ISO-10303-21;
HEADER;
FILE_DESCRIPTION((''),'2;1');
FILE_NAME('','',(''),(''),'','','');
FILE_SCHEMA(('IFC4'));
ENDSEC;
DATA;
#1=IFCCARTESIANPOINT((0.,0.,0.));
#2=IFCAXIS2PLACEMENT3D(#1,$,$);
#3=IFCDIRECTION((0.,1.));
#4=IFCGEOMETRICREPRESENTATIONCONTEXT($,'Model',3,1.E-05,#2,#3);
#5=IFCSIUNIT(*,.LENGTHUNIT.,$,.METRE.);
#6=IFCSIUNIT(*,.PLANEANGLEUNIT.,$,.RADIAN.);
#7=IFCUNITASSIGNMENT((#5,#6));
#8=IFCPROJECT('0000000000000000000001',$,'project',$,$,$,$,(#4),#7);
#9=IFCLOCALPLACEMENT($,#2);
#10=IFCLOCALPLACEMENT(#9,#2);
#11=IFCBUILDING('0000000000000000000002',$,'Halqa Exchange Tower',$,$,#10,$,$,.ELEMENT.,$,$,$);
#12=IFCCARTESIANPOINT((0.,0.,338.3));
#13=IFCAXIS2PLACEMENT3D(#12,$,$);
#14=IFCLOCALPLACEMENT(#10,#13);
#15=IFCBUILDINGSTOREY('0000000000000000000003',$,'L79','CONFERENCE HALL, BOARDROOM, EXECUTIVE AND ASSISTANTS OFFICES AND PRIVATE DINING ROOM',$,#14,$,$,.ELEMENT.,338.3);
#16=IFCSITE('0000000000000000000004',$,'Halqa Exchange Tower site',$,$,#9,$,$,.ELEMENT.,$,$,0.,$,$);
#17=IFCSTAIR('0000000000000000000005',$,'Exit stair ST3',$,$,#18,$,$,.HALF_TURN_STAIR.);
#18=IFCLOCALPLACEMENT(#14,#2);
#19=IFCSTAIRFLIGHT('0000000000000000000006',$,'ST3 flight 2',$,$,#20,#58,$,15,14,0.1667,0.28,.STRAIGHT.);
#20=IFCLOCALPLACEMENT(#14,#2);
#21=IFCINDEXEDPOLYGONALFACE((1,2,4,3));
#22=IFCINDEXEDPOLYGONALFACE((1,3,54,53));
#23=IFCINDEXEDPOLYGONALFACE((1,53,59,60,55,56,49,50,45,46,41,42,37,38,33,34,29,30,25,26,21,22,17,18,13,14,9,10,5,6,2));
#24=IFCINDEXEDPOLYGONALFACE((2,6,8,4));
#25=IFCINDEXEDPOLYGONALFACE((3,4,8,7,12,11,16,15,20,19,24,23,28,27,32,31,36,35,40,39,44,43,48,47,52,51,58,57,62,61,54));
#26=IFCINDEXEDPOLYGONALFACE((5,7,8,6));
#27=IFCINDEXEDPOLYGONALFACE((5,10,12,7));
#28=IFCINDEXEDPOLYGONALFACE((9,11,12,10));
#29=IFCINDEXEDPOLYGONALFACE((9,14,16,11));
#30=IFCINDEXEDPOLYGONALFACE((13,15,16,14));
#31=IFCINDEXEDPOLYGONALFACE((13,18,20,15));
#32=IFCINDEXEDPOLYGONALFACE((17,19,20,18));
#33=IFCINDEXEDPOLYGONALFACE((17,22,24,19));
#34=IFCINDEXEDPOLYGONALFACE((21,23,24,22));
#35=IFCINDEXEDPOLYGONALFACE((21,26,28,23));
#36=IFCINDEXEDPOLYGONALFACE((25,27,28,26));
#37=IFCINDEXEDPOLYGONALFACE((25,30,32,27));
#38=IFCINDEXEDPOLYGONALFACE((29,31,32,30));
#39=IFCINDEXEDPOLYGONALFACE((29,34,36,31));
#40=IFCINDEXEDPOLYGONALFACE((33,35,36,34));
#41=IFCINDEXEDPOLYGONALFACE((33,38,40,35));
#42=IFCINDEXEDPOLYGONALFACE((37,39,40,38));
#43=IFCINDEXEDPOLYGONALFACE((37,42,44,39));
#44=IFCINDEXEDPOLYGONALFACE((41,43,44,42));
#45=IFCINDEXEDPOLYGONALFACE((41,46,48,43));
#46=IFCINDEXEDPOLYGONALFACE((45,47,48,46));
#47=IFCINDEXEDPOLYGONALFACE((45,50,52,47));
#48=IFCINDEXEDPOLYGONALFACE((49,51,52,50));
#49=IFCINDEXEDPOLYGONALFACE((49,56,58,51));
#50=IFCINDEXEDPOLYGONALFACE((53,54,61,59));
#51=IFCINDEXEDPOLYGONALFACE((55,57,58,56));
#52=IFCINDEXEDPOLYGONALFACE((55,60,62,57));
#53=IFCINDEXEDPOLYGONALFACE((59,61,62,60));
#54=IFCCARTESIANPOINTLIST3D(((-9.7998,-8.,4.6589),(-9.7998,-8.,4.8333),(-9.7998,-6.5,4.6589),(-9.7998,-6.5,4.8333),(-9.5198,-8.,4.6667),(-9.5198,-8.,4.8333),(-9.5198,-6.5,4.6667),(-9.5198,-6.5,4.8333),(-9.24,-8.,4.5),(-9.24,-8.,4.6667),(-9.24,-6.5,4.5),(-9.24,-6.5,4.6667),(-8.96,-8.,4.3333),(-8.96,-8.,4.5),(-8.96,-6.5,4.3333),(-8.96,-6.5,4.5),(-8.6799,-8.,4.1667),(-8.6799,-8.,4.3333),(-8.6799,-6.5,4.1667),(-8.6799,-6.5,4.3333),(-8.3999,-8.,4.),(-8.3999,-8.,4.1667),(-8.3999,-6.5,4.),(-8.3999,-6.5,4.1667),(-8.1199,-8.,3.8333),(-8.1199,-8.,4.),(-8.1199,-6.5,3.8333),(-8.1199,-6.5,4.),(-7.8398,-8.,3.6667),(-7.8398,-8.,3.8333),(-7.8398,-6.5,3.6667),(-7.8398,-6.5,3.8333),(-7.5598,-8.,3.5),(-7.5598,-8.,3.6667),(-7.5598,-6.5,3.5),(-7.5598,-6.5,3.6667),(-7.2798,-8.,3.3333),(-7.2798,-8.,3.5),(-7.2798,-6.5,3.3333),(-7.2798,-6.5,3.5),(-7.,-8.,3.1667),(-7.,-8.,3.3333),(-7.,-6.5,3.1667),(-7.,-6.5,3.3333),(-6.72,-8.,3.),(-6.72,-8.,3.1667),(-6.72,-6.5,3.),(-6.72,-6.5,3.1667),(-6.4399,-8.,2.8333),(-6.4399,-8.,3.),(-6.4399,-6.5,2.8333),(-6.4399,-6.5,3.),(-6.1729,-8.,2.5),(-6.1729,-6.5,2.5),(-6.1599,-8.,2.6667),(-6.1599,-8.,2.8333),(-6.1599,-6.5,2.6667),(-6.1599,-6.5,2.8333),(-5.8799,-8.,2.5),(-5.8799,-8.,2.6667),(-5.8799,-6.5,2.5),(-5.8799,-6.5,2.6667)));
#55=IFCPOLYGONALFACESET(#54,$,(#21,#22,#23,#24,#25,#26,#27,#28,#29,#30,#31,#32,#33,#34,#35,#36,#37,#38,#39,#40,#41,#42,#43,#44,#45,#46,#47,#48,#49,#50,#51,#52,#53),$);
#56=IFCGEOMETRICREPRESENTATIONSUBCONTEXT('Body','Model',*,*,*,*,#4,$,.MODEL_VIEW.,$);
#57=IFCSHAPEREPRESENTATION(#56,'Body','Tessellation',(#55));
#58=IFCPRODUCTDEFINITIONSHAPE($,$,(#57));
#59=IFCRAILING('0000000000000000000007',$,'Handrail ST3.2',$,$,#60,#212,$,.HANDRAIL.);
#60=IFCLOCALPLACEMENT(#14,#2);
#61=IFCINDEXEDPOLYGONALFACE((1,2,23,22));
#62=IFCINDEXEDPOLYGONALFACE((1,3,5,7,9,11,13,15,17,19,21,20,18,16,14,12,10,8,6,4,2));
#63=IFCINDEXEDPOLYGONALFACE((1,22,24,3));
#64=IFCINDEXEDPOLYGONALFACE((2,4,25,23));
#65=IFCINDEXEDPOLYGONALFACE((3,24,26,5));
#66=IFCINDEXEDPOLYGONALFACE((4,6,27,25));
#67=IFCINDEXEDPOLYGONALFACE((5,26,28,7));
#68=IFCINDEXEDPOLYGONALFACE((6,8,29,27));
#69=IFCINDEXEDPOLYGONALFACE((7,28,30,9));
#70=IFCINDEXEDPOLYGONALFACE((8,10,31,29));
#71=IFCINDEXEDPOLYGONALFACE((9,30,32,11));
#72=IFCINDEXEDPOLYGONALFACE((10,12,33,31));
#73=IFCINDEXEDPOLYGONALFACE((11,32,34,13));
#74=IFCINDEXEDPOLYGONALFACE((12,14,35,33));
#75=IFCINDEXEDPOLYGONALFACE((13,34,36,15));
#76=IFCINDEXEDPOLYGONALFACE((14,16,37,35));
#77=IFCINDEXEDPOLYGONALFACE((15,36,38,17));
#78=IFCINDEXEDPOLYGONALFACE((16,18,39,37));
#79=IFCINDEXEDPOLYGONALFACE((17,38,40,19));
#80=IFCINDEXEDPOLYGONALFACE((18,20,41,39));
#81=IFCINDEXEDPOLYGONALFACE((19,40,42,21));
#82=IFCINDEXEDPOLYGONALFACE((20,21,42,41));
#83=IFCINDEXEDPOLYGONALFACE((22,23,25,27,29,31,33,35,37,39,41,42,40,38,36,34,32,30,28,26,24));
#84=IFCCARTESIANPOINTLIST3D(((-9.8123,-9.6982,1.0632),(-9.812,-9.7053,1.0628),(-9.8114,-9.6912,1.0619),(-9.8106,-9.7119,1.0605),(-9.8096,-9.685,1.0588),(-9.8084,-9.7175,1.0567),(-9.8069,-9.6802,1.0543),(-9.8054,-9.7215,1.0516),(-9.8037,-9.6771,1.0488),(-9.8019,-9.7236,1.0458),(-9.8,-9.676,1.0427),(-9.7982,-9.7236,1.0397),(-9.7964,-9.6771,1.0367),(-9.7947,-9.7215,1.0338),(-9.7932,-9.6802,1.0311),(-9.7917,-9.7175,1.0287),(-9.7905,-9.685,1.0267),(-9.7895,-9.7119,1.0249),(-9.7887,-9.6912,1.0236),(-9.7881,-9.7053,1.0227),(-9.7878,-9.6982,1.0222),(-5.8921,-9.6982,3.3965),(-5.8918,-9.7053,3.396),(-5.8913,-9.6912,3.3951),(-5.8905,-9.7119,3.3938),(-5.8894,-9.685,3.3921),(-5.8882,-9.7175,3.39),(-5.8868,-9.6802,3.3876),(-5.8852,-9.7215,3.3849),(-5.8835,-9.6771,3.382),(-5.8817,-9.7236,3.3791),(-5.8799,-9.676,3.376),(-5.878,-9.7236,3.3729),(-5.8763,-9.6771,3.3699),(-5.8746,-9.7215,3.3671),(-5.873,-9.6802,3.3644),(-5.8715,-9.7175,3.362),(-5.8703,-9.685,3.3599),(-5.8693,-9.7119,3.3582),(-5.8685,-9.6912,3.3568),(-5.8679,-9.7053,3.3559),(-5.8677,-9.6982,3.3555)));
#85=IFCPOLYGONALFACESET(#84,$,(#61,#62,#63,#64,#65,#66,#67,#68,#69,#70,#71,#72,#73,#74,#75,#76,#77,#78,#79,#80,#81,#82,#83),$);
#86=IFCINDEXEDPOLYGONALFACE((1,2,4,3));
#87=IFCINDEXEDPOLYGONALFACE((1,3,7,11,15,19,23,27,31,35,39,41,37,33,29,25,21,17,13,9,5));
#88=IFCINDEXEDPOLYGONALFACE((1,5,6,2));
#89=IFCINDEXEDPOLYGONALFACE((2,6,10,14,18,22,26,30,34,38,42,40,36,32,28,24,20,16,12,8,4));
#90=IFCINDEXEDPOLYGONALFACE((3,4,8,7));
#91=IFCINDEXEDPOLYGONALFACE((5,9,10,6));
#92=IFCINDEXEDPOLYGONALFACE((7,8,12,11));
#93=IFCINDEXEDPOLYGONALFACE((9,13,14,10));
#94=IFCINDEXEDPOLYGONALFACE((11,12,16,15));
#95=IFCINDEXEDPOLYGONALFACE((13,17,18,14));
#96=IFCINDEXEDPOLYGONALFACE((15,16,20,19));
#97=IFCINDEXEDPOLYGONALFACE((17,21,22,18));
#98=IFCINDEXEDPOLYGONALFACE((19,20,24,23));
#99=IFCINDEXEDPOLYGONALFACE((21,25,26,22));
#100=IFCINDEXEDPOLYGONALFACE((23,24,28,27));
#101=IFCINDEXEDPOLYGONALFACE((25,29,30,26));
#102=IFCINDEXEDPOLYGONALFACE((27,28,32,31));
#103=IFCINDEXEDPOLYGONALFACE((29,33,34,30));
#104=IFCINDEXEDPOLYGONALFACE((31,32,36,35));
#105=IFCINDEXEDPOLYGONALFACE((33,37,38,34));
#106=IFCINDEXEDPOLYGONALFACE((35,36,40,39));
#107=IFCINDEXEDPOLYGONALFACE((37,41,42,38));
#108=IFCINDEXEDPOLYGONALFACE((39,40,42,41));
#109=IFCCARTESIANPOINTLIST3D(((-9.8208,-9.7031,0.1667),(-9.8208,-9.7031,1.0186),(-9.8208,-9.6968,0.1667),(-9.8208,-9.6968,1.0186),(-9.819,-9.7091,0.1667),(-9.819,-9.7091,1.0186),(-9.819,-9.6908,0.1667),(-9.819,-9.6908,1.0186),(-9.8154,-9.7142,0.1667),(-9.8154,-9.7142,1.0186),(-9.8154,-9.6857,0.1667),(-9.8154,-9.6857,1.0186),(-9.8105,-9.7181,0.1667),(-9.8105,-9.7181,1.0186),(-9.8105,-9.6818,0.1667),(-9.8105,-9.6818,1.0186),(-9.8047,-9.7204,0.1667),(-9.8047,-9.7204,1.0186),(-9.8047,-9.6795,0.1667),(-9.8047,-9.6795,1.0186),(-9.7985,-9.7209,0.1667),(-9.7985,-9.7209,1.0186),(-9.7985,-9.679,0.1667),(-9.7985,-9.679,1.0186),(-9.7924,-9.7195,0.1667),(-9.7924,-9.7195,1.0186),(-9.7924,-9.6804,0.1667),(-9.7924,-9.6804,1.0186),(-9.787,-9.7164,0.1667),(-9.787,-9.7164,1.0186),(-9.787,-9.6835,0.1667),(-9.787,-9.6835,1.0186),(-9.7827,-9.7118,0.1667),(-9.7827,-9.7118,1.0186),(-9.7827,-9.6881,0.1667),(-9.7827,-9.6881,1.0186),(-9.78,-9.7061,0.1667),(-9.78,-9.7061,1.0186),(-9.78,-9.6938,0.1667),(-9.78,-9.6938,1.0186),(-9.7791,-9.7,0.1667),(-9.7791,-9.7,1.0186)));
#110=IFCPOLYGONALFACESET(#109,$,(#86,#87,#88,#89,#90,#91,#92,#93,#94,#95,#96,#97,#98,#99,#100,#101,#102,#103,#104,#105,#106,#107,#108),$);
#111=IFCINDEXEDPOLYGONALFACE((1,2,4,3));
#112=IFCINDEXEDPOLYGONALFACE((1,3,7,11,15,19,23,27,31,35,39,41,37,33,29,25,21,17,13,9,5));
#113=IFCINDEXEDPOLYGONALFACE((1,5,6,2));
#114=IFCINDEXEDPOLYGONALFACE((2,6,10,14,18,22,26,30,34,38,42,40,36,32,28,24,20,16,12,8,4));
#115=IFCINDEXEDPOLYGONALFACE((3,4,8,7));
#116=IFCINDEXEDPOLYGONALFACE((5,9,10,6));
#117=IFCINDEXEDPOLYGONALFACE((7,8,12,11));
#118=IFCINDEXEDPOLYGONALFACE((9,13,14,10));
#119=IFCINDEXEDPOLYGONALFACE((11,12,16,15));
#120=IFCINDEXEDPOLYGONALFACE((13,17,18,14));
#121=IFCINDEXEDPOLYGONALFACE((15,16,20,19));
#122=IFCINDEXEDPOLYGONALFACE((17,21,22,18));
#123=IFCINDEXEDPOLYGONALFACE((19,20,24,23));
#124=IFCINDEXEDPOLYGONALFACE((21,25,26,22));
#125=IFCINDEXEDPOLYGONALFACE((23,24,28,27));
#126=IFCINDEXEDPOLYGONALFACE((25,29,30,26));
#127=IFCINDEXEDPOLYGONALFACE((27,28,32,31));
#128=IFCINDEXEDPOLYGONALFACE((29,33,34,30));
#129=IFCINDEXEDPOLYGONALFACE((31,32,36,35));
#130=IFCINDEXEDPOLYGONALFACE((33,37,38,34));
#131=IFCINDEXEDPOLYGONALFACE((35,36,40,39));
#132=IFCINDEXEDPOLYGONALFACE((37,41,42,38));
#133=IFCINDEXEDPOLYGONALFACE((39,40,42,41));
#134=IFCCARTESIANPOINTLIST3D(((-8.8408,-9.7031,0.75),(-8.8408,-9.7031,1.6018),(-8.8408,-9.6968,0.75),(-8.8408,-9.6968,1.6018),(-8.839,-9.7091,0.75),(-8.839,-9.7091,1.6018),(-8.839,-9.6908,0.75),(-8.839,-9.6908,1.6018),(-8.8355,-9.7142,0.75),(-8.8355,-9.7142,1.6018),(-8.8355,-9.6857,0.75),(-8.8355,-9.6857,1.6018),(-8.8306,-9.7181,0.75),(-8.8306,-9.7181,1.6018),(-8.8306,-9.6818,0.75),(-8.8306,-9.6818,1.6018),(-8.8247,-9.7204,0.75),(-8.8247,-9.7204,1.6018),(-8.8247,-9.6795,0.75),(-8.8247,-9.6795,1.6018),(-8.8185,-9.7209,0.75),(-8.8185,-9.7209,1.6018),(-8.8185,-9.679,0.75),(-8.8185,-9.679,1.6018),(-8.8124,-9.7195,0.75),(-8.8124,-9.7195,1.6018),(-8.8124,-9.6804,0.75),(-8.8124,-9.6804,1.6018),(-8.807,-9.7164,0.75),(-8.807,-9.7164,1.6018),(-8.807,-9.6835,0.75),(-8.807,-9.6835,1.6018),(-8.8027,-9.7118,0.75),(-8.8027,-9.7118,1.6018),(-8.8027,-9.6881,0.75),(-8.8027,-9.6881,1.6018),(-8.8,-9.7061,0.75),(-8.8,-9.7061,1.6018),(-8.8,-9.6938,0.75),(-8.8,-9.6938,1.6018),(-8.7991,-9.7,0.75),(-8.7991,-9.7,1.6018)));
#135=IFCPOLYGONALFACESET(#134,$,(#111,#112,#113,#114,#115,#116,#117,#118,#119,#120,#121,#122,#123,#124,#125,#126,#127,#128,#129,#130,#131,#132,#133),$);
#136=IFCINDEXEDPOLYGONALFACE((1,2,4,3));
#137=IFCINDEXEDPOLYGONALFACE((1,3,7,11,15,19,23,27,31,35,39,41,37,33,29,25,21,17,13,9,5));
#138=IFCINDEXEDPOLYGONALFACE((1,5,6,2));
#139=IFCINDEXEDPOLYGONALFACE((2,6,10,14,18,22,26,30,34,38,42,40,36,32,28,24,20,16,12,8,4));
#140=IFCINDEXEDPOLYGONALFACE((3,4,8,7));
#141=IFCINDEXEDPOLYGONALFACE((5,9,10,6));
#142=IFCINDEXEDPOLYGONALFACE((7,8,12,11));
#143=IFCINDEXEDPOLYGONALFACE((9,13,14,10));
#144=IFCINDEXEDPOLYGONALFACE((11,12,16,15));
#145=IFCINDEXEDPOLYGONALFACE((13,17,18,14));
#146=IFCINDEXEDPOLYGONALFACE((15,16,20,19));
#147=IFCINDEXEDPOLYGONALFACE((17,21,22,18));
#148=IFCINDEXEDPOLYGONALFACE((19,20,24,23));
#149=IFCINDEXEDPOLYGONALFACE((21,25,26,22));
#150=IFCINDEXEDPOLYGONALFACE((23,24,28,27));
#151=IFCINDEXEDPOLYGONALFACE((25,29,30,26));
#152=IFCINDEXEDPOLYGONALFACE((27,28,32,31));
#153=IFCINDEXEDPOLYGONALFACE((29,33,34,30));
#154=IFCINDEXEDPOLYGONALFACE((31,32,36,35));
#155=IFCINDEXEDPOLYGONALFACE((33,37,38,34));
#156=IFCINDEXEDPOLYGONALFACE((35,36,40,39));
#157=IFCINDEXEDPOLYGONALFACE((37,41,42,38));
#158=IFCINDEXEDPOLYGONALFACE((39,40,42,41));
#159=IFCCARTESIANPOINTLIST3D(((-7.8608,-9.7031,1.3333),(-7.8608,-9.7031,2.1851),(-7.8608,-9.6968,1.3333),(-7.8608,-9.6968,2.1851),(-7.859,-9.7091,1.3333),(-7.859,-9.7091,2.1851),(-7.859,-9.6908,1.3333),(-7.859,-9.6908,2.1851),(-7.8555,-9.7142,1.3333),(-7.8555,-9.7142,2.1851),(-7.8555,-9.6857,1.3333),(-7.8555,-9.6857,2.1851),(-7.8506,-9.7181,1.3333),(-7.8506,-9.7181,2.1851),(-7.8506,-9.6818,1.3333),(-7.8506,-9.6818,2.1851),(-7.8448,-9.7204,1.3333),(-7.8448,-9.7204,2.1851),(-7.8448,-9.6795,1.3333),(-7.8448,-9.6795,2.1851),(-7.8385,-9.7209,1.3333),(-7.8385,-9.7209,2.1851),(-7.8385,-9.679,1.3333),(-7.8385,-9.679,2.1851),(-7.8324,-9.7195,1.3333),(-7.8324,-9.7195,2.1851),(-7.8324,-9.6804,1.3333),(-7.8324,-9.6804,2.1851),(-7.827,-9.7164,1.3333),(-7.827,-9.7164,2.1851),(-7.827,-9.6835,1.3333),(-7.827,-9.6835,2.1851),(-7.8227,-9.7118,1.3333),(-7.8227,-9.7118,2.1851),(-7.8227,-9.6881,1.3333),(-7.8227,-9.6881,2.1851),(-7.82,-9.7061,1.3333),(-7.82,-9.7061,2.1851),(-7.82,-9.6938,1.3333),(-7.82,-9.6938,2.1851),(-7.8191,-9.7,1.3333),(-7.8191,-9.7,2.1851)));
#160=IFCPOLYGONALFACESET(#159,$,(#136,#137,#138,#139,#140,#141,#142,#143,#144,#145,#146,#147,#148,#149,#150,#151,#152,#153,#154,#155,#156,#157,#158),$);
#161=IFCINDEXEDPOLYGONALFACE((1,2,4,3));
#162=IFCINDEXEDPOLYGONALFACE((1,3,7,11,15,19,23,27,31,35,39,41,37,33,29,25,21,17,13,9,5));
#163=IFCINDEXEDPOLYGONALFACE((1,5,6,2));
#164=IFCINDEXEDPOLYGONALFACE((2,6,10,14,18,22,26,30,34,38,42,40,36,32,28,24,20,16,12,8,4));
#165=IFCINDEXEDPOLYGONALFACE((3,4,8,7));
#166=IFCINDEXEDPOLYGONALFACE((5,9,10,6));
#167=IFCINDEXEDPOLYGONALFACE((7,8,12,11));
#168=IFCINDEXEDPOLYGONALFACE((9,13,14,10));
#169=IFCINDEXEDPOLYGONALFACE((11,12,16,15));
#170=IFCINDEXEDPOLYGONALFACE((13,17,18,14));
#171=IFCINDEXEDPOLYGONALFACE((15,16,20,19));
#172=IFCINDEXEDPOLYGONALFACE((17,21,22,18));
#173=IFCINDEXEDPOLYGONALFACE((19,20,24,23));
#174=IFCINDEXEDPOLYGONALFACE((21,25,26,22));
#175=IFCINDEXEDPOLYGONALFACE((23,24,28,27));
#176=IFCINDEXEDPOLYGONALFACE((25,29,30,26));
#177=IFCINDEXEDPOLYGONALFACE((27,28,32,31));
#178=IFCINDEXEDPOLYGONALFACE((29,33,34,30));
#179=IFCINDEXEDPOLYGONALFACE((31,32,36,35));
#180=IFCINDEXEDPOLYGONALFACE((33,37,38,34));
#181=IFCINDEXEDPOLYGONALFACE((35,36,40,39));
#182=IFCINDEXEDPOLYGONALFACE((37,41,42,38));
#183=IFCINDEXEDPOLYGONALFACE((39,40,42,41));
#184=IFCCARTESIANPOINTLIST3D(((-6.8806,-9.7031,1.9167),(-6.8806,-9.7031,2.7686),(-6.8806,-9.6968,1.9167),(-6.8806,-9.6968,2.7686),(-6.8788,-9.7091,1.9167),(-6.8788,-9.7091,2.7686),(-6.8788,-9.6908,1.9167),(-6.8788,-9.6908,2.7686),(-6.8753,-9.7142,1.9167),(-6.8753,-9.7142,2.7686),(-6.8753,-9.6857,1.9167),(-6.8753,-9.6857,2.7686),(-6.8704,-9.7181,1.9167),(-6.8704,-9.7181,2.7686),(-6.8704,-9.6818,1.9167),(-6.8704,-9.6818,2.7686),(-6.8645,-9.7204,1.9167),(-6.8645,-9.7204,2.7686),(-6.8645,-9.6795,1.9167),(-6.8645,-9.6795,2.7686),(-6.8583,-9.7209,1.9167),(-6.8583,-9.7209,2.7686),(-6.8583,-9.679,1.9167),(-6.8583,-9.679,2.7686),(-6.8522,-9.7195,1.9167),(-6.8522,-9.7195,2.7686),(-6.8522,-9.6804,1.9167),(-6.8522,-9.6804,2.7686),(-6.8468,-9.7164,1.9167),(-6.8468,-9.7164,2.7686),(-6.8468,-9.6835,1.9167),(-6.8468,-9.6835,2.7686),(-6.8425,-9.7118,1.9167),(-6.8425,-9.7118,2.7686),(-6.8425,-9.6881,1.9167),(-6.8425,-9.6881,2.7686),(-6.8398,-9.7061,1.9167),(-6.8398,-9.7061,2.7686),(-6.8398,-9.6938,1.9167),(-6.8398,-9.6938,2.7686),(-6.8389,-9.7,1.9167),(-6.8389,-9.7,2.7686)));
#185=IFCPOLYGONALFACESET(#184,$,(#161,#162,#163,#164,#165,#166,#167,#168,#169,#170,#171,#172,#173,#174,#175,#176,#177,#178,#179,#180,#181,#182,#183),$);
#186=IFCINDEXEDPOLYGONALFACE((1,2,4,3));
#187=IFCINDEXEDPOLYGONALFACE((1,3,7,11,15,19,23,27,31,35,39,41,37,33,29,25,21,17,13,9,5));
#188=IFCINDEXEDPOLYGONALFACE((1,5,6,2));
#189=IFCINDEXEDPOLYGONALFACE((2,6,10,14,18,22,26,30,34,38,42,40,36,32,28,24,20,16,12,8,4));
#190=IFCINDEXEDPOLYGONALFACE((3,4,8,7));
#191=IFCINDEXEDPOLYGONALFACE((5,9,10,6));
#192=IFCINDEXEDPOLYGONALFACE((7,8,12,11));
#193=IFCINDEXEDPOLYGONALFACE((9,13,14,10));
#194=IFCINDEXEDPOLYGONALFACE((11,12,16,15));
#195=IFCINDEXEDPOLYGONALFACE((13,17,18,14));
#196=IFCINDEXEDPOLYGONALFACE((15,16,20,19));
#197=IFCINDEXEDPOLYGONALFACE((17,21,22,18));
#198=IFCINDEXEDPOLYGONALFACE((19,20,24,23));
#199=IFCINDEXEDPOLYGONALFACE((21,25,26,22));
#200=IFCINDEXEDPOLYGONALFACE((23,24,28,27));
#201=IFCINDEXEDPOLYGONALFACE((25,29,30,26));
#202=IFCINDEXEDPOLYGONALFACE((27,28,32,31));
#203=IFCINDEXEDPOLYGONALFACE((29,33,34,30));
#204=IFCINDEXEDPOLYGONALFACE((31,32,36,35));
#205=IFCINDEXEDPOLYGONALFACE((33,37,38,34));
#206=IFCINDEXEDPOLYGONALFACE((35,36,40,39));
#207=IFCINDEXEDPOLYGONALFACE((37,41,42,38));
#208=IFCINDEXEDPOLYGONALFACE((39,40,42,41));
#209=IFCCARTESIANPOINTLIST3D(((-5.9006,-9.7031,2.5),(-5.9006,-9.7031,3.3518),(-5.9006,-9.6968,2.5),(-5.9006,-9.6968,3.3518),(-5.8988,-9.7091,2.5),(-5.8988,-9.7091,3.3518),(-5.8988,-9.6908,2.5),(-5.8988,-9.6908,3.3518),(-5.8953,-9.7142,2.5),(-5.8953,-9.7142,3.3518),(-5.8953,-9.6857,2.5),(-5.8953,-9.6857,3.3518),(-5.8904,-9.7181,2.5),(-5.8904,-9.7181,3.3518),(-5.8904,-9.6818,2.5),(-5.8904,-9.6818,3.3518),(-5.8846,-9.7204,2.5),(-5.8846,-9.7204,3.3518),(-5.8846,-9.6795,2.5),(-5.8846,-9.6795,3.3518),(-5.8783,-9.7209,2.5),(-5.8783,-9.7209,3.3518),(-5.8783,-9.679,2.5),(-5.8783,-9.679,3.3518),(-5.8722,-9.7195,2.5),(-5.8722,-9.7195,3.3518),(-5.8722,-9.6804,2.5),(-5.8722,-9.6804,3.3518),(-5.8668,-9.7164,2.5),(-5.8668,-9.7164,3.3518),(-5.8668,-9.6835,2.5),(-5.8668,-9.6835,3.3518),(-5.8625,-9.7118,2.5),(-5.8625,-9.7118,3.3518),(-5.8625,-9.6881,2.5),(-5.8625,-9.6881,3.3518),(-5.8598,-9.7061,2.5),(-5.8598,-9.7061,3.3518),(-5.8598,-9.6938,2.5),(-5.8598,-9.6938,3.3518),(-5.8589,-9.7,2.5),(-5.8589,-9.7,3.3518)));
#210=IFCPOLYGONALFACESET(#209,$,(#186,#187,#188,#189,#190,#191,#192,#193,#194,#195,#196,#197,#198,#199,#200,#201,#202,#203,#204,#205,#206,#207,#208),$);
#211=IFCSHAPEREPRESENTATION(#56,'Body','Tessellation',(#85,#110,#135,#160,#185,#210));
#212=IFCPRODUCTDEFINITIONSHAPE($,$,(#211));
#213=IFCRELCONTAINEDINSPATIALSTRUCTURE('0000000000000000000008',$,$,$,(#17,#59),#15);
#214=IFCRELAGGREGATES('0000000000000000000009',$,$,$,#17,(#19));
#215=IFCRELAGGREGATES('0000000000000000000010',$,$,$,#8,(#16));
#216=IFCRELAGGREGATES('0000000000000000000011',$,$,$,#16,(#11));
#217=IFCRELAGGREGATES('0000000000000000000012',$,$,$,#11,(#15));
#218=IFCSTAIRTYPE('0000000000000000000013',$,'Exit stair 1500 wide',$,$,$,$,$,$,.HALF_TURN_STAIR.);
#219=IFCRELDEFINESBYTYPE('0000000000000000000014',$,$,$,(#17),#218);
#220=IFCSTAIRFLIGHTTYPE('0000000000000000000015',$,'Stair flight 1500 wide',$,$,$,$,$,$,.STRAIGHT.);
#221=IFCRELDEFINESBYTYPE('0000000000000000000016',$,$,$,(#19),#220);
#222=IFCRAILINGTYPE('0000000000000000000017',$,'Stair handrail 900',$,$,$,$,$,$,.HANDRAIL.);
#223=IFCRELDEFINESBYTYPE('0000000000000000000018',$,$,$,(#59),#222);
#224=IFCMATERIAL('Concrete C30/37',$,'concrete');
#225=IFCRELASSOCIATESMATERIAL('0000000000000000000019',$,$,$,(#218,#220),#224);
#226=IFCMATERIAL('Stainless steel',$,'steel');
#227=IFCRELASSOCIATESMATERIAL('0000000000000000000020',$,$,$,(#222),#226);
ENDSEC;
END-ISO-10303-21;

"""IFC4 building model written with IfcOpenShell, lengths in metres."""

from ifc_helpers import new_model, si_unit, direction, frame, origin, origin_2d, place, context, subcontext, project, spatial, polyline, circle, outline, extrude, material, type_object, element, aggregate, save


model = new_model("IFC4")

# Units and contexts
model_context = context("Model", 3, precision=1e-05, world=origin(), true_north=direction((0.0, 1.0)))
body_context = subcontext(model_context, "Body", "Model", "MODEL_VIEW")
ifc_project = project(units=[si_unit("LENGTHUNIT", "METRE"), si_unit("PLANEANGLEUNIT", "RADIAN")], contexts=[model_context])

# Site, building, storey
site_placement = place(None, origin())
site = spatial("IfcSite", under=ifc_project, at=site_placement, Name="Halqa Exchange Tower site", CompositionType="ELEMENT", RefElevation=0.0)
building_placement = place(site_placement, origin())
building = spatial("IfcBuilding", under=site, at=building_placement, Name="Halqa Exchange Tower", CompositionType="ELEMENT")
storey_placement = place(building_placement, frame((0.0, 0.0, 338.3)))
storey = spatial("IfcBuildingStorey", under=building, at=storey_placement, Name="L79", Description="CONFERENCE HALL, BOARDROOM, EXECUTIVE AND ASSISTANTS OFFICES AND PRIVATE DINING ROOM", CompositionType="ELEMENT", Elevation=338.3)

# Shared definitions
ifc_material_1 = material(Name="Stainless steel", Category="steel")

# Stair, stair flight
ifc_material_2 = material(Name="Concrete C30/37", Category="concrete")
stair_type = type_object("IfcStairType", Name="Exit stair 1500 wide", PredefinedType="HALF_TURN_STAIR", material=ifc_material_2)
stair_placement = place(storey_placement, origin())
stair = element("IfcStair", 1, at=stair_placement, inside=storey, type_object=stair_type, Name="Exit stair ST3", PredefinedType="HALF_TURN_STAIR")
stair_flight_type = type_object("IfcStairFlightType", Name="Stair flight 1500 wide", PredefinedType="STRAIGHT", material=ifc_material_2)
stair_flight_1_placement = place(storey_placement, frame((-5.8799, -7.25, 2.5), z_axis=(0.0, 0.0, 1.0), x_axis=(-1.0, 0.0, 0.0)))
stair_flight_1 = element("IfcStairFlight", 2, at=stair_flight_1_placement, type_object=stair_flight_type, Name="ST3 flight 2", NumberOfRisers=15, NumberOfTreads=14, PredefinedType="STRAIGHT", RiserHeight=0.1667, TreadLength=0.28, context=body_context, shape_type="SweptSolid", body=[
    extrude(outline(polyline([(0.0, 0.0), (0.0, 0.1667), (0.28, 0.1667), (0.28, 0.3333), (0.5601, 0.3333), (0.5601, 0.5), (0.8401, 0.5), (0.8401, 0.6667), (1.1201, 0.6667), (1.1201, 0.8333), (1.3999, 0.8333), (1.3999, 1.0), (1.6799, 1.0), (1.6799, 1.1667), (1.96, 1.1667), (1.96, 1.3333), (2.24, 1.3333), (2.24, 1.5), (2.52, 1.5), (2.52, 1.6667), (2.8, 1.6667), (2.8, 1.8333), (3.0801, 1.8333), (3.0801, 2.0), (3.3601, 2.0), (3.3601, 2.1667), (3.6399, 2.1667), (3.6399, 2.3333), (3.9199, 2.3333), (3.9199, 2.5), (3.9199, 2.1589), (0.293, 0.0), (0.0, 0.0)])), frame((0.0, 0.75, 0.0), z_axis=(0.0, -1.0, 0.0), x_axis=(1.0, 0.0, 0.0)), (0.0, 0.0, 1.0), 1.5),
])
aggregate(stair, [stair_flight_1])

# Railing
railing_type_1 = type_object("IfcRailingType", Name="Stair handrail 900", PredefinedType="HANDRAIL", material=ifc_material_1)
railing_1_placement = place(storey_placement, frame((-9.8, -9.7, 0.1667)))
element("IfcRailing", 3, at=railing_1_placement, inside=storey, type_object=railing_type_1, Name="Handrail ST3.2", PredefinedType="HANDRAIL", context=body_context, shape_type="SweptSolid", body=[
    extrude(circle(Radius=0.0239, at=origin_2d()), frame((0.0, 0.0, 0.876), z_axis=(0.85931, 0.0, 0.511455), x_axis=(0.0, 1.0, 0.0)), (0.0, 0.0, 1.0), 4.562),
    extrude(circle(Radius=0.021, at=origin_2d()), origin(), (0.0, 0.0, 1.0), 0.8518),
    extrude(circle(Radius=0.021, at=origin_2d()), frame((0.98, 0.0, 0.5833)), (0.0, 0.0, 1.0), 0.8518),
    extrude(circle(Radius=0.021, at=origin_2d()), frame((1.96, 0.0, 1.1665)), (0.0, 0.0, 1.0), 0.8518),
    extrude(circle(Radius=0.021, at=origin_2d()), frame((2.9402, 0.0, 1.75)), (0.0, 0.0, 1.0), 0.8518),
    extrude(circle(Radius=0.021, at=origin_2d()), frame((3.9202, 0.0, 2.3333)), (0.0, 0.0, 1.0), 0.8518),
])

save(model, "model.ifc")
